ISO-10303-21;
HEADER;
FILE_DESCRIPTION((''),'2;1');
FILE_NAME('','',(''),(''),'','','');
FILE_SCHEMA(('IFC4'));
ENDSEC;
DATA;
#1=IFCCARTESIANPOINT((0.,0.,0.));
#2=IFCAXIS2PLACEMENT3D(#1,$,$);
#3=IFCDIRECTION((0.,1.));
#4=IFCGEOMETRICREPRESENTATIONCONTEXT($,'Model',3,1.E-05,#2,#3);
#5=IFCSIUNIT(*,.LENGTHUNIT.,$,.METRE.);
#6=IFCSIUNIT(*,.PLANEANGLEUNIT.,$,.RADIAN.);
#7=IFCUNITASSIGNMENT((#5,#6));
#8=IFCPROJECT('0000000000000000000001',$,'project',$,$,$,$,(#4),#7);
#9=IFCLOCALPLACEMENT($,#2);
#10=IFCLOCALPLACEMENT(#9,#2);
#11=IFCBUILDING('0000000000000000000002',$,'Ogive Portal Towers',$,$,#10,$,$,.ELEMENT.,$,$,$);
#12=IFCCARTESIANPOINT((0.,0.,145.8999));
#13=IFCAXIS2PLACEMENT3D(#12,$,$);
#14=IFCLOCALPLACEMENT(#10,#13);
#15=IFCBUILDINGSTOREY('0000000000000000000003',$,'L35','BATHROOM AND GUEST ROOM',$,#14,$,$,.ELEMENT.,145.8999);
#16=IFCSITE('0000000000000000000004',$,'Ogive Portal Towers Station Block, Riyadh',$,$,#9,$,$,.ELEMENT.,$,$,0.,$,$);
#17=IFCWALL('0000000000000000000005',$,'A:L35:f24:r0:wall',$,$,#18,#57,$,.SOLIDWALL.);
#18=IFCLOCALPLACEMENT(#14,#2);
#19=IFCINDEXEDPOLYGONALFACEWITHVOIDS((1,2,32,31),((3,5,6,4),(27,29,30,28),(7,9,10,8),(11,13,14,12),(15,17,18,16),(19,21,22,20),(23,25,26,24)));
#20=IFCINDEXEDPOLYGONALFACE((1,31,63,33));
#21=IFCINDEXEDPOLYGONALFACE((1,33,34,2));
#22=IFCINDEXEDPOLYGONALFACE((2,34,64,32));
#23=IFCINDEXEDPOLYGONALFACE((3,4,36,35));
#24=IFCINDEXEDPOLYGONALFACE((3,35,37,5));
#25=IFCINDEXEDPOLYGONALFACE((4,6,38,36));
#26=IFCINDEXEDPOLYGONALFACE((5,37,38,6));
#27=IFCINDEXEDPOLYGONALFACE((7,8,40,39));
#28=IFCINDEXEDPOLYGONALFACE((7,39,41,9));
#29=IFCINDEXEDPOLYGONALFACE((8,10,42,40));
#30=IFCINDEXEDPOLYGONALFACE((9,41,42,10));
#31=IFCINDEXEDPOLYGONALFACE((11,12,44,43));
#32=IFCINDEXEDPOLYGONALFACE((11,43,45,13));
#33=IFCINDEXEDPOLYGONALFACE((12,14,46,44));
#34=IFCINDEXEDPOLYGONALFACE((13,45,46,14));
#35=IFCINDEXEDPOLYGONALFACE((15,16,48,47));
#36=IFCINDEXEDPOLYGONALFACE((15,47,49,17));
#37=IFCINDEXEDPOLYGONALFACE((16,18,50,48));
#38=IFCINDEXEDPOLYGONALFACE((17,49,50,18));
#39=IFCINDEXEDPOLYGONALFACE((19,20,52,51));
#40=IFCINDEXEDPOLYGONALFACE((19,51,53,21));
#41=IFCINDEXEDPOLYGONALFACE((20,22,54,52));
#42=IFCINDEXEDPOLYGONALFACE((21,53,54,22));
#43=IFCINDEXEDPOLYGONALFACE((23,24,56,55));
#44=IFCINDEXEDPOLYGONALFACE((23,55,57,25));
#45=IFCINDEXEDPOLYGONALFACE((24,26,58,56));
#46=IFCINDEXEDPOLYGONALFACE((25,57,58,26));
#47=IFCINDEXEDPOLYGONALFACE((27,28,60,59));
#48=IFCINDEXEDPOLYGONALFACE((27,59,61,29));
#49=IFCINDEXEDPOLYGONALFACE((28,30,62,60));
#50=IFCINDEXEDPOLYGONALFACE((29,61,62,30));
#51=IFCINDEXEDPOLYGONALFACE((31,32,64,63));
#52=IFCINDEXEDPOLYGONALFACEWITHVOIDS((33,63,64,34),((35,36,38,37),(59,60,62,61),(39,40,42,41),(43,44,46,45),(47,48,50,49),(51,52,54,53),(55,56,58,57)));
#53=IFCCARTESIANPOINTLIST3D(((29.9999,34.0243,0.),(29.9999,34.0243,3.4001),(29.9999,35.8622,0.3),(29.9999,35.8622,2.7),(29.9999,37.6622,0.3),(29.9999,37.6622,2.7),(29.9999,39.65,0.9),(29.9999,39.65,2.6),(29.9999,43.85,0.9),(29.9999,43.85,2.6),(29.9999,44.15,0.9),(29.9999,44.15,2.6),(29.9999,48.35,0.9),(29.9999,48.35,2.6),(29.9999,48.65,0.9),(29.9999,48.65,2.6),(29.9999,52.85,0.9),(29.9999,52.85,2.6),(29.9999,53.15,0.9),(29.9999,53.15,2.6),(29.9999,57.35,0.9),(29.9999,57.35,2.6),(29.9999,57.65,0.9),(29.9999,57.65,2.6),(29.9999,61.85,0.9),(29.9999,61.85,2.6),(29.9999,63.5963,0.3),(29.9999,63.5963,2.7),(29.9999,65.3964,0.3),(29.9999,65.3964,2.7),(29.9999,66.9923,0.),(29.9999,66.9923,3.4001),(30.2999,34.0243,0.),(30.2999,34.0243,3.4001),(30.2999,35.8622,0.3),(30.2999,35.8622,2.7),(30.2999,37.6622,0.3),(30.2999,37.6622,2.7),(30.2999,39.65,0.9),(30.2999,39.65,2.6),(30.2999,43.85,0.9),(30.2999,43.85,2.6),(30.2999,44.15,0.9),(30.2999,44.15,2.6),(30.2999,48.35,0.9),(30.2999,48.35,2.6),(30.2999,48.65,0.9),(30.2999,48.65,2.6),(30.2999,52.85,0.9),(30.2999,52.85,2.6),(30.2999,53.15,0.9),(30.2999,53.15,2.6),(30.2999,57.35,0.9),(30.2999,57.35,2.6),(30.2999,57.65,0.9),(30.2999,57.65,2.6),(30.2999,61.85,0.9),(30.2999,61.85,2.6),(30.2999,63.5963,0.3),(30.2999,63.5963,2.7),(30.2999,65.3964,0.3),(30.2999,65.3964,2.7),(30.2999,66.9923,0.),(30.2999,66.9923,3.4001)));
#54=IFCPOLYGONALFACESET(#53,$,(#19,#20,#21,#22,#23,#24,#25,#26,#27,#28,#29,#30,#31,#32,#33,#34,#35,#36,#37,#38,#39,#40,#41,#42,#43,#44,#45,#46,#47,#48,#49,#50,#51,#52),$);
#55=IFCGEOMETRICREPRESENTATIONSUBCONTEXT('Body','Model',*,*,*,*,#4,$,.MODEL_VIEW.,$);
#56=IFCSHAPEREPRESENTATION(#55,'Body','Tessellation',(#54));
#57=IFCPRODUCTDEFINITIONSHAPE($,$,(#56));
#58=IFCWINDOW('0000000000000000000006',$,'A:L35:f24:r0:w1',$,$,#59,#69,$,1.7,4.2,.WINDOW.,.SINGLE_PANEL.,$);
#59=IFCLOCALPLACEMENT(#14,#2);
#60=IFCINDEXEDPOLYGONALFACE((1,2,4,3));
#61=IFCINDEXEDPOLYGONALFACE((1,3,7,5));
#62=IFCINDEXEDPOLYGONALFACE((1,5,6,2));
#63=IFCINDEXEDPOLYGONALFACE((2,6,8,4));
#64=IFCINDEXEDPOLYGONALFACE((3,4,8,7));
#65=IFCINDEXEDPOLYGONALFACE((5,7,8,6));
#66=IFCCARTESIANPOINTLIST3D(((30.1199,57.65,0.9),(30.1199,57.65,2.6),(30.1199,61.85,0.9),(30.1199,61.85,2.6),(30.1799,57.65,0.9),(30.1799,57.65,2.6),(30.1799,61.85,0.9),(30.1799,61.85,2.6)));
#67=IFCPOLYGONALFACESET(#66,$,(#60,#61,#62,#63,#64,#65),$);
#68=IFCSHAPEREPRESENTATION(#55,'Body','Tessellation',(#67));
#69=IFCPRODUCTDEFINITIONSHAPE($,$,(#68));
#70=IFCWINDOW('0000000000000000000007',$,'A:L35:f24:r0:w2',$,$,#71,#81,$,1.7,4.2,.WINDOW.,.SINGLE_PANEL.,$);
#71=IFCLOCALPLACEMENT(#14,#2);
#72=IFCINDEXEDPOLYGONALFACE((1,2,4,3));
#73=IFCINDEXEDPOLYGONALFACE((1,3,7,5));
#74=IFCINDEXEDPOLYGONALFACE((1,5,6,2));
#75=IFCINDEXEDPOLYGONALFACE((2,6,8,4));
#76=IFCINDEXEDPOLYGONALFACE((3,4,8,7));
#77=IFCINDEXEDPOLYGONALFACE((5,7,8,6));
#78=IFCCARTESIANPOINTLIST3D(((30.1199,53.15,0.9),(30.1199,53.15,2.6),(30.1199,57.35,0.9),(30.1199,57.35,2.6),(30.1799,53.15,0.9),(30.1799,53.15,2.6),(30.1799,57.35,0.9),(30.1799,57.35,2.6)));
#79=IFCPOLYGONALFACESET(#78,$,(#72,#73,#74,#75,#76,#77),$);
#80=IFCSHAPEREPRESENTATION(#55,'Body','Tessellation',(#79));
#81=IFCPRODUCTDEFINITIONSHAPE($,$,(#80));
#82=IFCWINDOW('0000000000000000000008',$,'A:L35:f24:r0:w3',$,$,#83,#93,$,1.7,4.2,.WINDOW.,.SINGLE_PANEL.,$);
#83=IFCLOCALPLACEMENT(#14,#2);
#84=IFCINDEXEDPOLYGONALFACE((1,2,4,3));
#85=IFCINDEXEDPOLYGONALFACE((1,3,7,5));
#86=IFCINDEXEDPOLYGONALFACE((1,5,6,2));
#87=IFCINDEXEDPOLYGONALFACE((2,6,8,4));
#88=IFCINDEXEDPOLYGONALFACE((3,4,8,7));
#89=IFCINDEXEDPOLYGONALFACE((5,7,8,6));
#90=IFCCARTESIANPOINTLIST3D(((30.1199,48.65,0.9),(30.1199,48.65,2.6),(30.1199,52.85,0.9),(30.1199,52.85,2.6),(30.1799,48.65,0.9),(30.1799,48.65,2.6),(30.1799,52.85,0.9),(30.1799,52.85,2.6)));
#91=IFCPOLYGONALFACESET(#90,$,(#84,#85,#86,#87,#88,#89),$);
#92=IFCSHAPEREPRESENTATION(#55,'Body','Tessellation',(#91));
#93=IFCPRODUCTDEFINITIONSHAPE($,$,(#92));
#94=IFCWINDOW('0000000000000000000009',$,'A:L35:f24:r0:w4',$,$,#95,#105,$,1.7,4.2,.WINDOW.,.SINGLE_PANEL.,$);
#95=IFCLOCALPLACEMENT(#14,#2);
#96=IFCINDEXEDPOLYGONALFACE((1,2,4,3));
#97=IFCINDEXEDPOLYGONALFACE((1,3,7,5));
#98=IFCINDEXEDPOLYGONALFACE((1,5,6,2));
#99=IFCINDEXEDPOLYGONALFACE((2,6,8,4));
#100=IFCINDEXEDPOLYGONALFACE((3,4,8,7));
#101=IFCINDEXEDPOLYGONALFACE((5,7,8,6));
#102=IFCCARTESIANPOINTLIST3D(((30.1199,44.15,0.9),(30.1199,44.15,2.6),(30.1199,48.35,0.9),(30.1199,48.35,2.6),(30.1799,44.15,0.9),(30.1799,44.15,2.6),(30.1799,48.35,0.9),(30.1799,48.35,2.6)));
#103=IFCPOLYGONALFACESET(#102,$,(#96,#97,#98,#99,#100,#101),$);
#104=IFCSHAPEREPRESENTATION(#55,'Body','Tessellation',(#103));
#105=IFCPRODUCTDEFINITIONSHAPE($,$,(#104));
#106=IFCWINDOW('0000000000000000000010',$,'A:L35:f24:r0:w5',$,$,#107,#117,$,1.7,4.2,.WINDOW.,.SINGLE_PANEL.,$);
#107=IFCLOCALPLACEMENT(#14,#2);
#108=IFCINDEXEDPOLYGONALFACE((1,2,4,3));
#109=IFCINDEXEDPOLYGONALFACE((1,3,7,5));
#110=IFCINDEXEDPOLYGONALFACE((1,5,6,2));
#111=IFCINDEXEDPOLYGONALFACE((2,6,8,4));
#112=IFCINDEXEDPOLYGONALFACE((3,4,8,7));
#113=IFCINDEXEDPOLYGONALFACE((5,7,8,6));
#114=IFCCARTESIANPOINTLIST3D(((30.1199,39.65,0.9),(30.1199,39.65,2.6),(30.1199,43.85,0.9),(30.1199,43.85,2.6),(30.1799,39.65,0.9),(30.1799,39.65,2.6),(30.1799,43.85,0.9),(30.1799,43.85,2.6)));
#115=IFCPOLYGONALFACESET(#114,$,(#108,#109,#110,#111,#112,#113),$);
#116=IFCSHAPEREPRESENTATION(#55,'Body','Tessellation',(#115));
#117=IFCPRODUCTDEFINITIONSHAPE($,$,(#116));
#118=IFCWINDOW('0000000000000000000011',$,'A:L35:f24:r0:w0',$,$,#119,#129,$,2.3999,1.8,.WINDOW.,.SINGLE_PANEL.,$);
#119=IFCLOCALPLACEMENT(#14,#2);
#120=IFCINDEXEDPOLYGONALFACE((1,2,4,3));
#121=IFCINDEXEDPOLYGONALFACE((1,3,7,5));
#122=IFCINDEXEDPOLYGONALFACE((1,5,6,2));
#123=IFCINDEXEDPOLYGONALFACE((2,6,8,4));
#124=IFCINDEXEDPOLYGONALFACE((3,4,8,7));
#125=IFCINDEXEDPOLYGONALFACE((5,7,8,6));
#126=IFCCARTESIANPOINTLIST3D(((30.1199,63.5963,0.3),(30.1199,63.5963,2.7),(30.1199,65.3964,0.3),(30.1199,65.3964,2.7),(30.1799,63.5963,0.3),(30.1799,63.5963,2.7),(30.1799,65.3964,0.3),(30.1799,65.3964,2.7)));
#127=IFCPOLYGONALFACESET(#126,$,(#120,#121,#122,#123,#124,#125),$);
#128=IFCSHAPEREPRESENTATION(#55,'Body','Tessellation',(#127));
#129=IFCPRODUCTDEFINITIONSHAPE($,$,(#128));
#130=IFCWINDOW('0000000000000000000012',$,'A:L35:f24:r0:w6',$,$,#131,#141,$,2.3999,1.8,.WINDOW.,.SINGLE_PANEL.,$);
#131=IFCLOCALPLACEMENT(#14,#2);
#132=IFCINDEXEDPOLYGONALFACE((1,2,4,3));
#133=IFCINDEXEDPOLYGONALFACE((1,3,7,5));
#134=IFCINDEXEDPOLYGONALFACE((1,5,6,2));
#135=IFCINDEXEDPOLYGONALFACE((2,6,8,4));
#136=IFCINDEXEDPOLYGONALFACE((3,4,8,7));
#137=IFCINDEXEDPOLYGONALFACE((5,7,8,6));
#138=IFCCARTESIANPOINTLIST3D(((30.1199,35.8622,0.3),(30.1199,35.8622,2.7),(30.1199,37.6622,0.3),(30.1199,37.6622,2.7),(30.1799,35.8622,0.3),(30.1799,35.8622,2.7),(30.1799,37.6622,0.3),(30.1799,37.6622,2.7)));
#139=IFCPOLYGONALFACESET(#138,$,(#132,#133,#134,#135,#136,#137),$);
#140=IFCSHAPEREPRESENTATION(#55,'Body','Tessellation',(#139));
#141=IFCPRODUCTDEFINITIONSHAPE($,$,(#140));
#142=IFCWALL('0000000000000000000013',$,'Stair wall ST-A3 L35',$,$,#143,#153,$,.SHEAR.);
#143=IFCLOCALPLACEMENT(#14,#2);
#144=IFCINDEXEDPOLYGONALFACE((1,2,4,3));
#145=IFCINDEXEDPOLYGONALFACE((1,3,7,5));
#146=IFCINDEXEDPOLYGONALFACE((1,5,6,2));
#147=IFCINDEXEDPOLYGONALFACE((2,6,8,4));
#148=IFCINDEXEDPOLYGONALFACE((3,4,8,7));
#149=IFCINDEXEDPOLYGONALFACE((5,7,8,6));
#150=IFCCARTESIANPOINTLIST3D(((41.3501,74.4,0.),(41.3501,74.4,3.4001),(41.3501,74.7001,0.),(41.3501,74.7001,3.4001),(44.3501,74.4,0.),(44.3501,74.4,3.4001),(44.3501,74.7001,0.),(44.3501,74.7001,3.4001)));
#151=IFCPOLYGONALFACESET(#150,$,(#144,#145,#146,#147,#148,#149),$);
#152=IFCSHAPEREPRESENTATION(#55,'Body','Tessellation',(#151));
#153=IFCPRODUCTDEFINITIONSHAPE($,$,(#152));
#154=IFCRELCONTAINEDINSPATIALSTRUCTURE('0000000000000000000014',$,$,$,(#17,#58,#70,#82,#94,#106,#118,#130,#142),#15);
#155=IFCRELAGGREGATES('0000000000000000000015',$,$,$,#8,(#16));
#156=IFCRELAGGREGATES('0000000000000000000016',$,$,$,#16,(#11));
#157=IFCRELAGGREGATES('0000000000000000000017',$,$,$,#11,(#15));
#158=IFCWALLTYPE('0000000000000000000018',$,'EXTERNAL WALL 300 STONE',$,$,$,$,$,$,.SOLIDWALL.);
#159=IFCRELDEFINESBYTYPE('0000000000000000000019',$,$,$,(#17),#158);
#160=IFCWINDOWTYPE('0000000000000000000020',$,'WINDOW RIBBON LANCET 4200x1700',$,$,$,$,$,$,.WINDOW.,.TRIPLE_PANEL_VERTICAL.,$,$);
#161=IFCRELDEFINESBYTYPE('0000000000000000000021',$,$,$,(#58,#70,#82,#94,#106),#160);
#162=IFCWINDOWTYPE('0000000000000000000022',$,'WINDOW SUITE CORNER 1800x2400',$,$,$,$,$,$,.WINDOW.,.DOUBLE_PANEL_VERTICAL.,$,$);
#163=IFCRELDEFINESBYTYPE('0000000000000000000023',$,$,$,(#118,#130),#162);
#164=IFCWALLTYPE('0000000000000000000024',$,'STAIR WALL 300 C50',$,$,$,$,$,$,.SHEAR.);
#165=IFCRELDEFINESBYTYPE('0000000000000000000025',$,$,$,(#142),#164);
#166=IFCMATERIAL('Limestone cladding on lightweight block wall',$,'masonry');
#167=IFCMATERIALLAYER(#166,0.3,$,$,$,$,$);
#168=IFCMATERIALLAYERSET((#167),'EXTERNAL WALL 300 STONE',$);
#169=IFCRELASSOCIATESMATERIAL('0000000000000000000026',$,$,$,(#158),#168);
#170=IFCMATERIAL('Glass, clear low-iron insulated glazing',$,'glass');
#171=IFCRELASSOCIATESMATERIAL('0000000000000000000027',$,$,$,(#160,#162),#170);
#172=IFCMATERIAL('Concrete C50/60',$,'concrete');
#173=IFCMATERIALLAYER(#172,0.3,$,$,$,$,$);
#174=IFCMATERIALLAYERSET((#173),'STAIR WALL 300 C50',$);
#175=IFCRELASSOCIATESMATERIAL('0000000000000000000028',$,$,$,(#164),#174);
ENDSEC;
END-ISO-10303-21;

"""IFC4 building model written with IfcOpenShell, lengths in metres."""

from ifc_helpers import new_model, si_unit, direction, frame, frame_2d, origin, place, context, subcontext, project, spatial, rectangle, extrude, material, layer, layer_set, type_object, element, fill, save


model = new_model("IFC4")

# Units and contexts
model_context = context("Model", 3, precision=1e-05, world=origin(), true_north=direction((0.0, 1.0)))
body_context = subcontext(model_context, "Body", "Model", "MODEL_VIEW")
ifc_project = project(units=[si_unit("LENGTHUNIT", "METRE"), si_unit("PLANEANGLEUNIT", "RADIAN")], contexts=[model_context])

# Site, building, storey
site_placement = place(None, origin())
site = spatial("IfcSite", under=ifc_project, at=site_placement, Name="Ogive Portal Towers Station Block, Riyadh", CompositionType="ELEMENT", RefElevation=0.0)
building_placement = place(site_placement, origin())
building = spatial("IfcBuilding", under=site, at=building_placement, Name="Ogive Portal Towers", CompositionType="ELEMENT")
storey_placement = place(building_placement, frame((0.0, 0.0, 145.8999)))
storey = spatial("IfcBuildingStorey", under=building, at=storey_placement, Name="L35", Description="BATHROOM AND GUEST ROOM", CompositionType="ELEMENT", Elevation=145.8999)

# Shared definitions
ifc_material_1 = material(Name="Glass, clear low-iron insulated glazing", Category="glass")

# Wall, openings, windows
ifc_material_2 = material(Name="Limestone cladding on lightweight block wall", Category="masonry")
ifc_layer_1 = layer(ifc_material_2, 0.3)
ifc_layer_set_1 = layer_set([ifc_layer_1], Name="EXTERNAL WALL 300 STONE")
wall_type_1 = type_object("IfcWallType", Name="EXTERNAL WALL 300 STONE", PredefinedType="SOLIDWALL", material=ifc_layer_set_1)
wall_1_placement = place(storey_placement, frame((30.1499, 66.9922, 0.0), z_axis=(0.0, 0.0, 1.0), x_axis=(0.0, -1.0, 0.0)))
wall_1 = element("IfcWall", 1, at=wall_1_placement, inside=storey, type_object=wall_type_1, Name="A:L35:f24:r0:wall", PredefinedType="SOLIDWALL", context=body_context, shape_type="SweptSolid", body=[
    extrude(rectangle(XDim=32.968, YDim=0.3, at=frame_2d((16.4839, 0.0))), origin(), (0.0, 0.0, 1.0), 3.4001),
])
opening_1_placement = place(wall_1_placement, frame((1.5959, 0.0, 0.3)))
opening_1 = element("IfcOpeningElement", 2, at=opening_1_placement, cuts=wall_1, PredefinedType="OPENING", context=body_context, shape_type="SweptSolid", body=[
    extrude(rectangle(XDim=1.8, YDim=2.3999, at=frame_2d((0.8999, 1.2))), frame((0.0, 0.1602, 0.0), z_axis=(0.0, -1.0, 0.0), x_axis=(1.0, 0.0, 0.0)), (0.0, 0.0, 1.0), 0.3201),
])
opening_2_placement = place(wall_1_placement, frame((5.1421, 0.0, 0.8999)))
opening_2 = element("IfcOpeningElement", 3, at=opening_2_placement, cuts=wall_1, PredefinedType="OPENING", context=body_context, shape_type="SweptSolid", body=[
    extrude(rectangle(XDim=4.2, YDim=1.7, at=frame_2d((2.1001, 0.8501))), frame((0.0, 0.1602, 0.0), z_axis=(0.0, -1.0, 0.0), x_axis=(1.0, 0.0, 0.0)), (0.0, 0.0, 1.0), 0.3201),
])
opening_3_placement = place(wall_1_placement, frame((9.6421, 0.0, 0.8999)))
opening_3 = element("IfcOpeningElement", 4, at=opening_3_placement, cuts=wall_1, PredefinedType="OPENING", context=body_context, shape_type="SweptSolid", body=[
    extrude(rectangle(XDim=4.2, YDim=1.7, at=frame_2d((2.1001, 0.8501))), frame((0.0, 0.1602, 0.0), z_axis=(0.0, -1.0, 0.0), x_axis=(1.0, 0.0, 0.0)), (0.0, 0.0, 1.0), 0.3201),
])
opening_4_placement = place(wall_1_placement, frame((14.1421, 0.0, 0.8999)))
opening_4 = element("IfcOpeningElement", 5, at=opening_4_placement, cuts=wall_1, PredefinedType="OPENING", context=body_context, shape_type="SweptSolid", body=[
    extrude(rectangle(XDim=4.2, YDim=1.7, at=frame_2d((2.1001, 0.8501))), frame((0.0, 0.1602, 0.0), z_axis=(0.0, -1.0, 0.0), x_axis=(1.0, 0.0, 0.0)), (0.0, 0.0, 1.0), 0.3201),
])
opening_5_placement = place(wall_1_placement, frame((18.6421, 0.0, 0.8999)))
opening_5 = element("IfcOpeningElement", 6, at=opening_5_placement, cuts=wall_1, PredefinedType="OPENING", context=body_context, shape_type="SweptSolid", body=[
    extrude(rectangle(XDim=4.2, YDim=1.7, at=frame_2d((2.1001, 0.8501))), frame((0.0, 0.1602, 0.0), z_axis=(0.0, -1.0, 0.0), x_axis=(1.0, 0.0, 0.0)), (0.0, 0.0, 1.0), 0.3201),
])
opening_6_placement = place(wall_1_placement, frame((23.1421, 0.0, 0.8999)))
opening_6 = element("IfcOpeningElement", 7, at=opening_6_placement, cuts=wall_1, PredefinedType="OPENING", context=body_context, shape_type="SweptSolid", body=[
    extrude(rectangle(XDim=4.2, YDim=1.7, at=frame_2d((2.1001, 0.8501))), frame((0.0, 0.1602, 0.0), z_axis=(0.0, -1.0, 0.0), x_axis=(1.0, 0.0, 0.0)), (0.0, 0.0, 1.0), 0.3201),
])
opening_7_placement = place(wall_1_placement, frame((29.3301, 0.0, 0.3)))
opening_7 = element("IfcOpeningElement", 8, at=opening_7_placement, cuts=wall_1, PredefinedType="OPENING", context=body_context, shape_type="SweptSolid", body=[
    extrude(rectangle(XDim=1.8, YDim=2.3999, at=frame_2d((0.8999, 1.2))), frame((0.0, 0.1602, 0.0), z_axis=(0.0, -1.0, 0.0), x_axis=(1.0, 0.0, 0.0)), (0.0, 0.0, 1.0), 0.3201),
])
window_type_1 = type_object("IfcWindowType", Name="WINDOW RIBBON LANCET 4200x1700", PartitioningType="TRIPLE_PANEL_VERTICAL", PredefinedType="WINDOW", material=ifc_material_1)
window_1_placement = place(opening_2_placement, origin())
window_1 = element("IfcWindow", 9, at=window_1_placement, inside=storey, type_object=window_type_1, Name="A:L35:f24:r0:w1", OverallHeight=1.7, OverallWidth=4.2, PartitioningType="SINGLE_PANEL", PredefinedType="WINDOW", context=body_context, shape_type="SweptSolid", body=[
    extrude(rectangle(XDim=4.2, YDim=1.7, at=frame_2d((2.1001, 0.8501))), frame((0.0, 0.03, 0.0), z_axis=(0.0, -1.0, 0.0), x_axis=(1.0, 0.0, 0.0)), (0.0, 0.0, 1.0), 0.0601),
])
fill(opening_2, window_1)
window_2_placement = place(opening_3_placement, origin())
window_2 = element("IfcWindow", 10, at=window_2_placement, inside=storey, type_object=window_type_1, Name="A:L35:f24:r0:w2", OverallHeight=1.7, OverallWidth=4.2, PartitioningType="SINGLE_PANEL", PredefinedType="WINDOW", context=body_context, shape_type="SweptSolid", body=[
    extrude(rectangle(XDim=4.2, YDim=1.7, at=frame_2d((2.1001, 0.8501))), frame((0.0, 0.03, 0.0), z_axis=(0.0, -1.0, 0.0), x_axis=(1.0, 0.0, 0.0)), (0.0, 0.0, 1.0), 0.0601),
])
fill(opening_3, window_2)
window_3_placement = place(opening_4_placement, origin())
window_3 = element("IfcWindow", 11, at=window_3_placement, inside=storey, type_object=window_type_1, Name="A:L35:f24:r0:w3", OverallHeight=1.7, OverallWidth=4.2, PartitioningType="SINGLE_PANEL", PredefinedType="WINDOW", context=body_context, shape_type="SweptSolid", body=[
    extrude(rectangle(XDim=4.2, YDim=1.7, at=frame_2d((2.1001, 0.8501))), frame((0.0, 0.03, 0.0), z_axis=(0.0, -1.0, 0.0), x_axis=(1.0, 0.0, 0.0)), (0.0, 0.0, 1.0), 0.0601),
])
fill(opening_4, window_3)
window_4_placement = place(opening_5_placement, origin())
window_4 = element("IfcWindow", 12, at=window_4_placement, inside=storey, type_object=window_type_1, Name="A:L35:f24:r0:w4", OverallHeight=1.7, OverallWidth=4.2, PartitioningType="SINGLE_PANEL", PredefinedType="WINDOW", context=body_context, shape_type="SweptSolid", body=[
    extrude(rectangle(XDim=4.2, YDim=1.7, at=frame_2d((2.1001, 0.8501))), frame((0.0, 0.03, 0.0), z_axis=(0.0, -1.0, 0.0), x_axis=(1.0, 0.0, 0.0)), (0.0, 0.0, 1.0), 0.0601),
])
fill(opening_5, window_4)
window_5_placement = place(opening_6_placement, origin())
window_5 = element("IfcWindow", 13, at=window_5_placement, inside=storey, type_object=window_type_1, Name="A:L35:f24:r0:w5", OverallHeight=1.7, OverallWidth=4.2, PartitioningType="SINGLE_PANEL", PredefinedType="WINDOW", context=body_context, shape_type="SweptSolid", body=[
    extrude(rectangle(XDim=4.2, YDim=1.7, at=frame_2d((2.1001, 0.8501))), frame((0.0, 0.03, 0.0), z_axis=(0.0, -1.0, 0.0), x_axis=(1.0, 0.0, 0.0)), (0.0, 0.0, 1.0), 0.0601),
])
fill(opening_6, window_5)
window_type_2 = type_object("IfcWindowType", Name="WINDOW SUITE CORNER 1800x2400", PartitioningType="DOUBLE_PANEL_VERTICAL", PredefinedType="WINDOW", material=ifc_material_1)
window_6_placement = place(opening_1_placement, origin())
window_6 = element("IfcWindow", 14, at=window_6_placement, inside=storey, type_object=window_type_2, Name="A:L35:f24:r0:w0", OverallHeight=2.3999, OverallWidth=1.8, PartitioningType="SINGLE_PANEL", PredefinedType="WINDOW", context=body_context, shape_type="SweptSolid", body=[
    extrude(rectangle(XDim=1.8, YDim=2.3999, at=frame_2d((0.8999, 1.2))), frame((0.0, 0.03, 0.0), z_axis=(0.0, -1.0, 0.0), x_axis=(1.0, 0.0, 0.0)), (0.0, 0.0, 1.0), 0.0601),
])
fill(opening_1, window_6)
window_7_placement = place(opening_7_placement, origin())
window_7 = element("IfcWindow", 15, at=window_7_placement, inside=storey, type_object=window_type_2, Name="A:L35:f24:r0:w6", OverallHeight=2.3999, OverallWidth=1.8, PartitioningType="SINGLE_PANEL", PredefinedType="WINDOW", context=body_context, shape_type="SweptSolid", body=[
    extrude(rectangle(XDim=1.8, YDim=2.3999, at=frame_2d((0.8999, 1.2))), frame((0.0, 0.03, 0.0), z_axis=(0.0, -1.0, 0.0), x_axis=(1.0, 0.0, 0.0)), (0.0, 0.0, 1.0), 0.0601),
])
fill(opening_7, window_7)

# Wall
ifc_material_3 = material(Name="Concrete C50/60", Category="concrete")
ifc_layer_2 = layer(ifc_material_3, 0.3)
ifc_layer_set_2 = layer_set([ifc_layer_2], Name="STAIR WALL 300 C50")
wall_type_2 = type_object("IfcWallType", Name="STAIR WALL 300 C50", PredefinedType="SHEAR", material=ifc_layer_set_2)
wall_2_placement = place(storey_placement, frame((41.3501, 74.55, 0.0), z_axis=(0.0, 0.0, 1.0), x_axis=(1.0, 0.0, 0.0)))
element("IfcWall", 16, at=wall_2_placement, inside=storey, type_object=wall_type_2, Name="Stair wall ST-A3 L35", PredefinedType="SHEAR", context=body_context, shape_type="SweptSolid", body=[
    extrude(rectangle(XDim=3.0, YDim=0.3, at=frame_2d((1.5, 0.0))), origin(), (0.0, 0.0, 1.0), 3.4001),
])

save(model, "model.ifc")
